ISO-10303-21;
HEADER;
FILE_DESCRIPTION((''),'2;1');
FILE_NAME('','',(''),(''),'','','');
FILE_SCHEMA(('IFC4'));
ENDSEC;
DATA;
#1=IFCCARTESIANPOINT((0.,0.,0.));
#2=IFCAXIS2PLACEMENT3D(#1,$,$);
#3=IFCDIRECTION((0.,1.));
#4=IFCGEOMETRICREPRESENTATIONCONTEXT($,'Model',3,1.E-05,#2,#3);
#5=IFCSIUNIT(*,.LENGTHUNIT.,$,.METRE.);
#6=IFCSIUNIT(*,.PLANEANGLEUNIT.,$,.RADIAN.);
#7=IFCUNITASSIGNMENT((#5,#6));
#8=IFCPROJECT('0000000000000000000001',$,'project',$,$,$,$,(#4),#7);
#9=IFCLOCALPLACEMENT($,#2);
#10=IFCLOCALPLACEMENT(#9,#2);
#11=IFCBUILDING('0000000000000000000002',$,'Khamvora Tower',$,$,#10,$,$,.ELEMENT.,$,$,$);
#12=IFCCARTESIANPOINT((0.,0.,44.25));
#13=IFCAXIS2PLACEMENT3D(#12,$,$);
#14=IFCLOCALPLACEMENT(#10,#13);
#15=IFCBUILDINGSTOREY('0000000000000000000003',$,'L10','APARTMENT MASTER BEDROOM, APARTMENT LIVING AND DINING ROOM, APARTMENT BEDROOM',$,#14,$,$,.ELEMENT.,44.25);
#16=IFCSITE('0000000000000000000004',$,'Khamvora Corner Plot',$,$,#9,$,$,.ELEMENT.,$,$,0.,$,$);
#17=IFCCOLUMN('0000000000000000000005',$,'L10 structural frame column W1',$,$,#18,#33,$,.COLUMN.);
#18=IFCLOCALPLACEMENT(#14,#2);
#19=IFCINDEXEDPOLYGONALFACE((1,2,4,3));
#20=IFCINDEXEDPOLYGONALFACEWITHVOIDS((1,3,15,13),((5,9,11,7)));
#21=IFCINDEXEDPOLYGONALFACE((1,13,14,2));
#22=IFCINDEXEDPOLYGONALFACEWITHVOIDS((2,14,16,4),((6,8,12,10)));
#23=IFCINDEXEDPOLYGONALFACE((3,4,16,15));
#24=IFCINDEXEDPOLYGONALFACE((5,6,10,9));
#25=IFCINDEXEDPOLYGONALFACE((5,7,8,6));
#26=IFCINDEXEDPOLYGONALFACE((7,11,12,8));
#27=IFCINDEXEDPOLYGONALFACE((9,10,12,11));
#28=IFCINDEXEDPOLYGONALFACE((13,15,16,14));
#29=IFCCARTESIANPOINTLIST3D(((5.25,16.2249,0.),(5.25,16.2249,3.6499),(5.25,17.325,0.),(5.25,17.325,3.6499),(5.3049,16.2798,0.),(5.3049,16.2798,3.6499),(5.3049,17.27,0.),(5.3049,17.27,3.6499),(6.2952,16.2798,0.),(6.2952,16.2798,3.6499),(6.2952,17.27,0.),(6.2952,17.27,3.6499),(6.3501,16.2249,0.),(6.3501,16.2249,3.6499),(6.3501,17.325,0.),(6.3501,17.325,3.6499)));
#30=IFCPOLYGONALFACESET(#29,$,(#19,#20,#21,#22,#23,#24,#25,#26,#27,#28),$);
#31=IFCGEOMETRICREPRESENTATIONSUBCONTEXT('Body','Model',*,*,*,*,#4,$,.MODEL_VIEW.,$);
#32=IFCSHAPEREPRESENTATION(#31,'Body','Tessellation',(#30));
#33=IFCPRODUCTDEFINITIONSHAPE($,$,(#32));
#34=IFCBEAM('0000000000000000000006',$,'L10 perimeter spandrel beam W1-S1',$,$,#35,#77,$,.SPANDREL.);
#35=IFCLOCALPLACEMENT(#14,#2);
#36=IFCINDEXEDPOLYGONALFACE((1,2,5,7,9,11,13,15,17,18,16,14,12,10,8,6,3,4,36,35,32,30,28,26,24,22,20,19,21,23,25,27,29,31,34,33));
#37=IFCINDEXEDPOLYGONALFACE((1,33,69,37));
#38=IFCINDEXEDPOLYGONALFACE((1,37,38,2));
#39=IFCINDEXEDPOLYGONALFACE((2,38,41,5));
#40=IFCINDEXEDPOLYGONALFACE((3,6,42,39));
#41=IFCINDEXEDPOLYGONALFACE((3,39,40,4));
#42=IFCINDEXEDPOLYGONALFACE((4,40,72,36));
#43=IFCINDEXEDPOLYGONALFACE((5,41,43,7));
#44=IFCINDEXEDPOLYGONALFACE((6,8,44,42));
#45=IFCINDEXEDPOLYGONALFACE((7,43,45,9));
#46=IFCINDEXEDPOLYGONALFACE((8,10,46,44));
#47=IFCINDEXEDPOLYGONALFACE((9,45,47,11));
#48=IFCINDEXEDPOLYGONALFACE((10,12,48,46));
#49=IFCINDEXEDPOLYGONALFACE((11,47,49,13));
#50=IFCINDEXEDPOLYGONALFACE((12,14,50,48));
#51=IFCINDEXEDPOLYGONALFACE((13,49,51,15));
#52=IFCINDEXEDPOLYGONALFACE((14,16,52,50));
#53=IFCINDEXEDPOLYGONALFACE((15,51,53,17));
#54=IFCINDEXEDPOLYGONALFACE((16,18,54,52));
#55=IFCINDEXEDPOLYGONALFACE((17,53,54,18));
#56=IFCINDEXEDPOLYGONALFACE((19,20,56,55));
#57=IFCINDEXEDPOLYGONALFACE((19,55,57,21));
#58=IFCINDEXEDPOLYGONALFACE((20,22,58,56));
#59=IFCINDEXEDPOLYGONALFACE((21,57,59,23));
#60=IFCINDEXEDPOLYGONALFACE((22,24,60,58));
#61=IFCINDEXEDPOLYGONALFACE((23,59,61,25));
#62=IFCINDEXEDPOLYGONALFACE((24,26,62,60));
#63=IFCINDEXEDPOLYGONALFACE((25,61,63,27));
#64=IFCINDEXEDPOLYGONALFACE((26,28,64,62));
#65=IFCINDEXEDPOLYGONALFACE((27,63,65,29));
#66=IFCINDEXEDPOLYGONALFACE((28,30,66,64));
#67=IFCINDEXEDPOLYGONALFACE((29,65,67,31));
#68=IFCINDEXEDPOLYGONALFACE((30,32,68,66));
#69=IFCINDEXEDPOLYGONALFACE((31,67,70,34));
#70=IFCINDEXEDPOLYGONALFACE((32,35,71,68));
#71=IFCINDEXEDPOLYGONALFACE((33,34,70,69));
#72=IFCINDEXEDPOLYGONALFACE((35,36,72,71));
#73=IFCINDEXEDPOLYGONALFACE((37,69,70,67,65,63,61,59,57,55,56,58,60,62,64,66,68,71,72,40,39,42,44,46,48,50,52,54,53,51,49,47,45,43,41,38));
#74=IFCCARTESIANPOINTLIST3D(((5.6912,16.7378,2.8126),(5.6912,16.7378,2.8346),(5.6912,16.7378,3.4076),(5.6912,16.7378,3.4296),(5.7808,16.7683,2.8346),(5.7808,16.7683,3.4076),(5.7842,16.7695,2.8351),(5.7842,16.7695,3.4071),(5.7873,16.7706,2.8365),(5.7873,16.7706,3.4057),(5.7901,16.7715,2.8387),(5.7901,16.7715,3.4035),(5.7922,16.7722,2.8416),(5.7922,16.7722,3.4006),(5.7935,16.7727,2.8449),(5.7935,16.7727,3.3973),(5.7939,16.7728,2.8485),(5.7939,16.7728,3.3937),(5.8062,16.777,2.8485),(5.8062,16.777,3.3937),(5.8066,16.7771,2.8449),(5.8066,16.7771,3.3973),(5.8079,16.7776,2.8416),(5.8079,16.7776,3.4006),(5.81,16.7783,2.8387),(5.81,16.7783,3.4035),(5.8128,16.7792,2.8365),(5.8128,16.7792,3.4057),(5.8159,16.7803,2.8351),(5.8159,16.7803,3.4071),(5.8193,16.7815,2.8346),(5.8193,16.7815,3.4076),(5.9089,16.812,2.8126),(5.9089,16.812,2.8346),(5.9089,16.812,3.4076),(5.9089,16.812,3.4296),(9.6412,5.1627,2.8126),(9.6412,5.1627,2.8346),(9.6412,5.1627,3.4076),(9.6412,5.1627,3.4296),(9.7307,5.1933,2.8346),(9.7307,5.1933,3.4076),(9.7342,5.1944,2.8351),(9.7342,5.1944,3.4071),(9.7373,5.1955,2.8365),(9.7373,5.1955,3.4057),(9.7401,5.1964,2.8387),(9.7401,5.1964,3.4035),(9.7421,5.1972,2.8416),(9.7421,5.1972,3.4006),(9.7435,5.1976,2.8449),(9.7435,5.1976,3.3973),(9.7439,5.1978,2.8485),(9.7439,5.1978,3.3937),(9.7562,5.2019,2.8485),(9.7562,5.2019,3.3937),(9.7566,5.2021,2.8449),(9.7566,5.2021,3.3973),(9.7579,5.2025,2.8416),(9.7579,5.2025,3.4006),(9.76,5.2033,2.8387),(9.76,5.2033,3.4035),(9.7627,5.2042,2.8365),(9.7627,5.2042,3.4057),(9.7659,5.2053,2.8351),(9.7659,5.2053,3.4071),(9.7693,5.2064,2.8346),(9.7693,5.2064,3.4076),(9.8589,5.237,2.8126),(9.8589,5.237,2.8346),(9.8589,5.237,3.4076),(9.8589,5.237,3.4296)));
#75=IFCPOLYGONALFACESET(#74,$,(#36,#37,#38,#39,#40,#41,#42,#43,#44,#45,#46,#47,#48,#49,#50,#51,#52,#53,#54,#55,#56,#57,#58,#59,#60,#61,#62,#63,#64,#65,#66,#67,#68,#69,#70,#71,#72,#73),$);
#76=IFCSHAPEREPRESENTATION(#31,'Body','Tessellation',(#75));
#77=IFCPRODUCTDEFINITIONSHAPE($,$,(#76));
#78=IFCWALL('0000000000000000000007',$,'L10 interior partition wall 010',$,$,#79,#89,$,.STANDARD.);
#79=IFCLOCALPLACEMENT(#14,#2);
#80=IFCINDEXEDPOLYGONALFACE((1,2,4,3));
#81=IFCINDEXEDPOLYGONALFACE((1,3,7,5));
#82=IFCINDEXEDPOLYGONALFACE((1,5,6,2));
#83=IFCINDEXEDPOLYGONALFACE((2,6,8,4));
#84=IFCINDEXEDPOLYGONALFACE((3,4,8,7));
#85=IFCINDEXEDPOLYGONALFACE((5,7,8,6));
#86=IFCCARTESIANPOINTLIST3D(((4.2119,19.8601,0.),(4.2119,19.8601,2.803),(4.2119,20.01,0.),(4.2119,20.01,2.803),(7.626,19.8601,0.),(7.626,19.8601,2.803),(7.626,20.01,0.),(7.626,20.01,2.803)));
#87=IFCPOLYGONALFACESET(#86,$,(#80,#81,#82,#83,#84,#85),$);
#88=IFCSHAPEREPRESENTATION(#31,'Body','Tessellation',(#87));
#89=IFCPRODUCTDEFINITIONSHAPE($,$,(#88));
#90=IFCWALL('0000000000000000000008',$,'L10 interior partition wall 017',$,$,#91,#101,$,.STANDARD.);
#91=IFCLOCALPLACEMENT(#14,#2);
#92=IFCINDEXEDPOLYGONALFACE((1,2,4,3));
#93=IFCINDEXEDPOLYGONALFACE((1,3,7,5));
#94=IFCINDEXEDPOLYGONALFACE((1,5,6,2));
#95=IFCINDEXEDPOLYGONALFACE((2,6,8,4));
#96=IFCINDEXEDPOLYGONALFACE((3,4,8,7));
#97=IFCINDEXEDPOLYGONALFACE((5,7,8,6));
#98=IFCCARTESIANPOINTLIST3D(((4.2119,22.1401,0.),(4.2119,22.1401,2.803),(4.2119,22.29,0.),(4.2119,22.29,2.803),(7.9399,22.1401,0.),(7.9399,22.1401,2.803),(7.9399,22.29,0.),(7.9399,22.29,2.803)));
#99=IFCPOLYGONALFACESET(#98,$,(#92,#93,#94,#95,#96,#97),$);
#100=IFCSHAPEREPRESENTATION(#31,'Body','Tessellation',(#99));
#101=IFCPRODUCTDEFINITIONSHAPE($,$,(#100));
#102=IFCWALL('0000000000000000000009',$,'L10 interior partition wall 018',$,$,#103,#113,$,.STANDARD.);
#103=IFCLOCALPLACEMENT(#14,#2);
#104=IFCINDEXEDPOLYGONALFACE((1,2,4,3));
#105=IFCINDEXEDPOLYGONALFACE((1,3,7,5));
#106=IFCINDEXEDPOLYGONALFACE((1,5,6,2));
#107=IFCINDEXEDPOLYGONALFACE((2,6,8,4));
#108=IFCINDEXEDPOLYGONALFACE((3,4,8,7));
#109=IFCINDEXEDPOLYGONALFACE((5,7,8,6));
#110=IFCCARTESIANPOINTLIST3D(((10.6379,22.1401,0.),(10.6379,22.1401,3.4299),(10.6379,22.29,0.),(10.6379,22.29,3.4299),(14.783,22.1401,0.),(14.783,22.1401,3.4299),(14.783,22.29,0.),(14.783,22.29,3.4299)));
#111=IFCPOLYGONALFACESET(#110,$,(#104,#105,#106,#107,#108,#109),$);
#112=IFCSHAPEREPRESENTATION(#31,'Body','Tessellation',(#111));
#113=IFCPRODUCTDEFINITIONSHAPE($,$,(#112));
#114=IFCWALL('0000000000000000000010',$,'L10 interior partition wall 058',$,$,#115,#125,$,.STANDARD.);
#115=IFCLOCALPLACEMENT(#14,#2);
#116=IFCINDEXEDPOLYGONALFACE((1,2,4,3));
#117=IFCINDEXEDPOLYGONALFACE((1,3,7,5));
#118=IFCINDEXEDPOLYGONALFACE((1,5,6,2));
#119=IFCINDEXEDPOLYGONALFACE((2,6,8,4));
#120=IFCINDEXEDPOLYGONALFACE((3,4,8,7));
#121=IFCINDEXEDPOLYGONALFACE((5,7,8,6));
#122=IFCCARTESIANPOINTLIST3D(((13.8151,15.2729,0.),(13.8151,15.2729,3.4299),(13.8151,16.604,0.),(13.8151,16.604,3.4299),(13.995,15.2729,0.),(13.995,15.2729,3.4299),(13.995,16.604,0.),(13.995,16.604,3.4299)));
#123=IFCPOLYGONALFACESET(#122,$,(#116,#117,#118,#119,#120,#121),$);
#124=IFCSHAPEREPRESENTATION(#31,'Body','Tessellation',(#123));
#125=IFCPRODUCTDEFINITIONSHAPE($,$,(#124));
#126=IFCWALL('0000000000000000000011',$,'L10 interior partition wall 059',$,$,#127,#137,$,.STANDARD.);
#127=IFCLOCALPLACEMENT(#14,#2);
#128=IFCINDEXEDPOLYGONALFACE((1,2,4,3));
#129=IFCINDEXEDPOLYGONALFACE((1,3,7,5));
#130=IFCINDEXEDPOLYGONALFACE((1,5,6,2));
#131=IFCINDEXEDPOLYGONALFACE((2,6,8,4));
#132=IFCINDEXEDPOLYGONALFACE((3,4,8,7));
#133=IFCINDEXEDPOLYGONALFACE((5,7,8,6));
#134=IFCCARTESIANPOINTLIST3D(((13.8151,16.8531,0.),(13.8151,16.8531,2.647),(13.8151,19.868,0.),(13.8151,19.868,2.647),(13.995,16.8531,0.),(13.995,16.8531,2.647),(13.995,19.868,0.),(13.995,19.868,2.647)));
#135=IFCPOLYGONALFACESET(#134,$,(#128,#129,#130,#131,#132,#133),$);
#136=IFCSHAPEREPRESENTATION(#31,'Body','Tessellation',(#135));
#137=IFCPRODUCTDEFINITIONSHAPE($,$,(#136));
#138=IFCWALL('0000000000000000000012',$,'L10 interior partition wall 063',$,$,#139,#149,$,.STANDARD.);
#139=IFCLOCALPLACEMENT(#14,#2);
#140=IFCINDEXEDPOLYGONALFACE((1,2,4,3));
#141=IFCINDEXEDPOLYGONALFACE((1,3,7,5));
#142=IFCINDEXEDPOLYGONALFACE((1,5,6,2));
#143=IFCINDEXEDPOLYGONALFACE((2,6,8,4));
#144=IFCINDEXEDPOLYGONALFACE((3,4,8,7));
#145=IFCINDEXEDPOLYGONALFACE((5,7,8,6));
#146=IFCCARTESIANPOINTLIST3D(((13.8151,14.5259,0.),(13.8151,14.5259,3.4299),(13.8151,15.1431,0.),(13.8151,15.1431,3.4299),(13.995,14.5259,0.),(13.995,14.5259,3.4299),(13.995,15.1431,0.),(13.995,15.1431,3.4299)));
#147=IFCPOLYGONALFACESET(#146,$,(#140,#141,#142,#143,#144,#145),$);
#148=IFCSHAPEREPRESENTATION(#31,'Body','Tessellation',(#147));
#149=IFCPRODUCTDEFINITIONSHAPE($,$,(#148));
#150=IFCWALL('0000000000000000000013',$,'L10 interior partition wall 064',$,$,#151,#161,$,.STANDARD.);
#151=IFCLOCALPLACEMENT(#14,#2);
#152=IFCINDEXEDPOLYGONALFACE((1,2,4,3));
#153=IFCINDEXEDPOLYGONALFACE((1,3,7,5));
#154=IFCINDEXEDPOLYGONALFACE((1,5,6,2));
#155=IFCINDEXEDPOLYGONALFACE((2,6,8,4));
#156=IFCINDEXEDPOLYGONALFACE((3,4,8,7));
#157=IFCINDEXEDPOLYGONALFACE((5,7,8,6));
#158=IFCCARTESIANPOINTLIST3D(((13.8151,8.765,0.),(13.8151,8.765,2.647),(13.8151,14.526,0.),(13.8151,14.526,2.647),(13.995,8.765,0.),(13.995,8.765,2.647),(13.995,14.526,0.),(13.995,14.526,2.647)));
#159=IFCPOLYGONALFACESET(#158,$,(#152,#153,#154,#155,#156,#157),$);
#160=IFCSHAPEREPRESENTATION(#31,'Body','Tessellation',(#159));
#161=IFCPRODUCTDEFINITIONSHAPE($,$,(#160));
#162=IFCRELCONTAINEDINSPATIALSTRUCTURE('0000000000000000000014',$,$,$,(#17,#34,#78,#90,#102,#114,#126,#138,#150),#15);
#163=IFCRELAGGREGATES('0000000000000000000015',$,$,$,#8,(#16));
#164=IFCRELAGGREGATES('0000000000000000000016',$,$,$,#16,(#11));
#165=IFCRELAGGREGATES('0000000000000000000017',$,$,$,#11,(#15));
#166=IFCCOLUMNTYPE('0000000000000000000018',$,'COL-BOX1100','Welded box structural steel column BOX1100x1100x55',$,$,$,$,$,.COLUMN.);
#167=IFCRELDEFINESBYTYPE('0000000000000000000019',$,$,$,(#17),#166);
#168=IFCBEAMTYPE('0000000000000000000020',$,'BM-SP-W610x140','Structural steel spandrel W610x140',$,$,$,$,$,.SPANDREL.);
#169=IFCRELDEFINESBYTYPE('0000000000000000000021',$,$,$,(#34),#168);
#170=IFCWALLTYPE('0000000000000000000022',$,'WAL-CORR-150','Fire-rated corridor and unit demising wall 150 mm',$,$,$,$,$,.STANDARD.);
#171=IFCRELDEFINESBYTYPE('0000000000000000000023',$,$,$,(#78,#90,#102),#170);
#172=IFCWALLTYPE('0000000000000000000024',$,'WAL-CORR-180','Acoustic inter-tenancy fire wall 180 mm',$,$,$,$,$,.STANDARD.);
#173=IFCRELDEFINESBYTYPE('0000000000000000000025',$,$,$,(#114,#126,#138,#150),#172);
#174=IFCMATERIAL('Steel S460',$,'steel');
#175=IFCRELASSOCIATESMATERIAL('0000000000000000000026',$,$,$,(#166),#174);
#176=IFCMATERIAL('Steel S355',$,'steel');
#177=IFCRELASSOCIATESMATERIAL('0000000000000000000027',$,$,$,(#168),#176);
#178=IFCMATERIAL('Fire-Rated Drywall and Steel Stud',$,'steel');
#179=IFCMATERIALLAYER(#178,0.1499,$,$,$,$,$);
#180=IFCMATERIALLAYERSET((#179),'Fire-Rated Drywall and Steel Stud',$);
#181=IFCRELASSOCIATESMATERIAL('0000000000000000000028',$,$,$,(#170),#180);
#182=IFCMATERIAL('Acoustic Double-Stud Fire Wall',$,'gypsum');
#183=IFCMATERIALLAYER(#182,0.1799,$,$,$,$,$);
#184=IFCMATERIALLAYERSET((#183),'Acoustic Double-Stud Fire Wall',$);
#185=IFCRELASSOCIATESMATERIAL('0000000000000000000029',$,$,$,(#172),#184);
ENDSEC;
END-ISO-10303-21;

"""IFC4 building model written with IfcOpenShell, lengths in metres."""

from ifc_helpers import new_model, si_unit, direction, frame, frame_2d, origin, origin_2d, place, context, subcontext, project, spatial, rectangle, hollow_rectangle, i_section, extrude, material, layer, layer_set, material_profile, profile_set, type_object, element, save


model = new_model("IFC4")

# Units and contexts
model_context = context("Model", 3, precision=1e-05, world=origin(), true_north=direction((0.0, 1.0)))
body_context = subcontext(model_context, "Body", "Model", "MODEL_VIEW")
ifc_project = project(units=[si_unit("LENGTHUNIT", "METRE"), si_unit("PLANEANGLEUNIT", "RADIAN")], contexts=[model_context])

# Site, building, storey
site_placement = place(None, origin())
site = spatial("IfcSite", under=ifc_project, at=site_placement, Name="Khamvora Corner Plot", CompositionType="ELEMENT", RefElevation=0.0)
building_placement = place(site_placement, origin())
building = spatial("IfcBuilding", under=site, at=building_placement, Name="Khamvora Tower", CompositionType="ELEMENT")
storey_placement = place(building_placement, frame((0.0, 0.0, 44.25)))
storey = spatial("IfcBuildingStorey", under=building, at=storey_placement, Name="L10", Description="APARTMENT MASTER BEDROOM, APARTMENT LIVING AND DINING ROOM, APARTMENT BEDROOM", CompositionType="ELEMENT", Elevation=44.25)

# Column
ifc_material_1 = material(Name="Steel S460", Category="steel")
ifc_material_profile_1 = material_profile(ifc_material_1, hollow_rectangle(XDim=1.1001, YDim=1.1001, WallThickness=0.0549, at=origin_2d()), Name="BOX1100x1100x55")
ifc_profile_set_1 = profile_set([ifc_material_profile_1], Name="Steel S460")
column_type = type_object("IfcColumnType", Name="COL-BOX1100", Description="Welded box structural steel column BOX1100x1100x55", PredefinedType="COLUMN", material=ifc_profile_set_1)
column_placement = place(storey_placement, frame((5.8, 16.7749, 0.0), z_axis=(0.0, 0.0, 1.0), x_axis=(1.0, 0.0, 0.0)))
element("IfcColumn", 1, at=column_placement, inside=storey, type_object=column_type, Name="L10 structural frame column W1", PredefinedType="COLUMN", context=body_context, shape_type="SweptSolid", body=[
    extrude(hollow_rectangle(XDim=1.1001, YDim=1.1001, WallThickness=0.0549, at=origin_2d()), origin(), (0.0, 0.0, 1.0), 3.6499),
])

# Beam
ifc_material_2 = material(Name="Steel S355", Category="steel")
ifc_material_profile_2 = material_profile(ifc_material_2, i_section(OverallWidth=0.23, OverallDepth=0.6169, WebThickness=0.0129, FlangeThickness=0.022, FilletRadius=0.0139, at=origin_2d()), Name="W610x140")
ifc_profile_set_2 = profile_set([ifc_material_profile_2], Name="Steel S355")
beam_type = type_object("IfcBeamType", Name="BM-SP-W610x140", Description="Structural steel spandrel W610x140", PredefinedType="SPANDREL", material=ifc_profile_set_2)
beam_placement = place(storey_placement, frame((5.8, 16.7749, 3.1211), z_axis=(0.322963, -0.946412, 0.0), x_axis=(0.946412, 0.322963, 0.0)))
element("IfcBeam", 2, at=beam_placement, inside=storey, type_object=beam_type, Name="L10 perimeter spandrel beam W1-S1", PredefinedType="SPANDREL", context=body_context, shape_type="SweptSolid", body=[
    extrude(i_section(OverallWidth=0.23, OverallDepth=0.6169, WebThickness=0.0129, FlangeThickness=0.022, FilletRadius=0.0139, at=origin_2d()), origin(), (0.0, 0.0, 1.0), 12.2305),
])

# Shared definitions
ifc_material_3 = material(Name="Fire-Rated Drywall and Steel Stud", Category="steel")
ifc_layer_1 = layer(ifc_material_3, 0.1499)
ifc_layer_set_1 = layer_set([ifc_layer_1], Name="Fire-Rated Drywall and Steel Stud")
wall_type_1 = type_object("IfcWallType", Name="WAL-CORR-150", Description="Fire-rated corridor and unit demising wall 150 mm", PredefinedType="STANDARD", material=ifc_layer_set_1)

# Wall
wall_1_placement = place(storey_placement, frame((7.626, 19.9351, 0.0), z_axis=(0.0, 0.0, 1.0), x_axis=(-1.0, 0.0, 0.0)))
element("IfcWall", 3, at=wall_1_placement, inside=storey, type_object=wall_type_1, Name="L10 interior partition wall 010", PredefinedType="STANDARD", context=body_context, shape_type="SweptSolid", body=[
    extrude(rectangle(XDim=3.4141, YDim=0.1499, at=frame_2d((1.707, 0.0))), origin(), (0.0, 0.0, 1.0), 2.803),
])

# Walls
wall_2_placement = place(storey_placement, frame((4.2119, 22.2151, 0.0), z_axis=(0.0, 0.0, 1.0), x_axis=(1.0, 0.0, 0.0)))
element("IfcWall", 4, at=wall_2_placement, inside=storey, type_object=wall_type_1, Name="L10 interior partition wall 017", PredefinedType="STANDARD", context=body_context, shape_type="SweptSolid", body=[
    extrude(rectangle(XDim=3.728, YDim=0.1499, at=frame_2d((1.864, 0.0))), origin(), (0.0, 0.0, 1.0), 2.803),
])
wall_3_placement = place(storey_placement, frame((10.6379, 22.2151, 0.0), z_axis=(0.0, 0.0, 1.0), x_axis=(1.0, 0.0, 0.0)))
element("IfcWall", 5, at=wall_3_placement, inside=storey, type_object=wall_type_1, Name="L10 interior partition wall 018", PredefinedType="STANDARD", context=body_context, shape_type="SweptSolid", body=[
    extrude(rectangle(XDim=4.145, YDim=0.1499, at=frame_2d((2.0725, 0.0))), origin(), (0.0, 0.0, 1.0), 3.4299),
])
ifc_material_4 = material(Name="Acoustic Double-Stud Fire Wall", Category="gypsum")
ifc_layer_2 = layer(ifc_material_4, 0.1799)
ifc_layer_set_2 = layer_set([ifc_layer_2], Name="Acoustic Double-Stud Fire Wall")
wall_type_2 = type_object("IfcWallType", Name="WAL-CORR-180", Description="Acoustic inter-tenancy fire wall 180 mm", PredefinedType="STANDARD", material=ifc_layer_set_2)
wall_4_placement = place(storey_placement, frame((13.905, 16.604, 0.0), z_axis=(0.0, 0.0, 1.0), x_axis=(0.0, -1.0, 0.0)))
element("IfcWall", 6, at=wall_4_placement, inside=storey, type_object=wall_type_2, Name="L10 interior partition wall 058", PredefinedType="STANDARD", context=body_context, shape_type="SweptSolid", body=[
    extrude(rectangle(XDim=1.3311, YDim=0.1799, at=frame_2d((0.6655, 0.0))), origin(), (0.0, 0.0, 1.0), 3.4299),
])
wall_5_placement = place(storey_placement, frame((13.905, 19.8679, 0.0), z_axis=(0.0, 0.0, 1.0), x_axis=(0.0, -1.0, 0.0)))
element("IfcWall", 7, at=wall_5_placement, inside=storey, type_object=wall_type_2, Name="L10 interior partition wall 059", PredefinedType="STANDARD", context=body_context, shape_type="SweptSolid", body=[
    extrude(rectangle(XDim=3.0149, YDim=0.1799, at=frame_2d((1.5073, 0.0))), origin(), (0.0, 0.0, 1.0), 2.647),
])
wall_6_placement = place(storey_placement, frame((13.905, 15.1431, 0.0), z_axis=(0.0, 0.0, 1.0), x_axis=(0.0, -1.0, 0.0)))
element("IfcWall", 8, at=wall_6_placement, inside=storey, type_object=wall_type_2, Name="L10 interior partition wall 063", PredefinedType="STANDARD", context=body_context, shape_type="SweptSolid", body=[
    extrude(rectangle(XDim=0.6172, YDim=0.1799, at=frame_2d((0.3086, 0.0))), origin(), (0.0, 0.0, 1.0), 3.4299),
])
wall_7_placement = place(storey_placement, frame((13.905, 14.5259, 0.0), z_axis=(0.0, 0.0, 1.0), x_axis=(0.0, -1.0, 0.0)))
element("IfcWall", 9, at=wall_7_placement, inside=storey, type_object=wall_type_2, Name="L10 interior partition wall 064", PredefinedType="STANDARD", context=body_context, shape_type="SweptSolid", body=[
    extrude(rectangle(XDim=5.761, YDim=0.1799, at=frame_2d((2.8804, 0.0))), origin(), (0.0, 0.0, 1.0), 2.647),
])

save(model, "model.ifc")
